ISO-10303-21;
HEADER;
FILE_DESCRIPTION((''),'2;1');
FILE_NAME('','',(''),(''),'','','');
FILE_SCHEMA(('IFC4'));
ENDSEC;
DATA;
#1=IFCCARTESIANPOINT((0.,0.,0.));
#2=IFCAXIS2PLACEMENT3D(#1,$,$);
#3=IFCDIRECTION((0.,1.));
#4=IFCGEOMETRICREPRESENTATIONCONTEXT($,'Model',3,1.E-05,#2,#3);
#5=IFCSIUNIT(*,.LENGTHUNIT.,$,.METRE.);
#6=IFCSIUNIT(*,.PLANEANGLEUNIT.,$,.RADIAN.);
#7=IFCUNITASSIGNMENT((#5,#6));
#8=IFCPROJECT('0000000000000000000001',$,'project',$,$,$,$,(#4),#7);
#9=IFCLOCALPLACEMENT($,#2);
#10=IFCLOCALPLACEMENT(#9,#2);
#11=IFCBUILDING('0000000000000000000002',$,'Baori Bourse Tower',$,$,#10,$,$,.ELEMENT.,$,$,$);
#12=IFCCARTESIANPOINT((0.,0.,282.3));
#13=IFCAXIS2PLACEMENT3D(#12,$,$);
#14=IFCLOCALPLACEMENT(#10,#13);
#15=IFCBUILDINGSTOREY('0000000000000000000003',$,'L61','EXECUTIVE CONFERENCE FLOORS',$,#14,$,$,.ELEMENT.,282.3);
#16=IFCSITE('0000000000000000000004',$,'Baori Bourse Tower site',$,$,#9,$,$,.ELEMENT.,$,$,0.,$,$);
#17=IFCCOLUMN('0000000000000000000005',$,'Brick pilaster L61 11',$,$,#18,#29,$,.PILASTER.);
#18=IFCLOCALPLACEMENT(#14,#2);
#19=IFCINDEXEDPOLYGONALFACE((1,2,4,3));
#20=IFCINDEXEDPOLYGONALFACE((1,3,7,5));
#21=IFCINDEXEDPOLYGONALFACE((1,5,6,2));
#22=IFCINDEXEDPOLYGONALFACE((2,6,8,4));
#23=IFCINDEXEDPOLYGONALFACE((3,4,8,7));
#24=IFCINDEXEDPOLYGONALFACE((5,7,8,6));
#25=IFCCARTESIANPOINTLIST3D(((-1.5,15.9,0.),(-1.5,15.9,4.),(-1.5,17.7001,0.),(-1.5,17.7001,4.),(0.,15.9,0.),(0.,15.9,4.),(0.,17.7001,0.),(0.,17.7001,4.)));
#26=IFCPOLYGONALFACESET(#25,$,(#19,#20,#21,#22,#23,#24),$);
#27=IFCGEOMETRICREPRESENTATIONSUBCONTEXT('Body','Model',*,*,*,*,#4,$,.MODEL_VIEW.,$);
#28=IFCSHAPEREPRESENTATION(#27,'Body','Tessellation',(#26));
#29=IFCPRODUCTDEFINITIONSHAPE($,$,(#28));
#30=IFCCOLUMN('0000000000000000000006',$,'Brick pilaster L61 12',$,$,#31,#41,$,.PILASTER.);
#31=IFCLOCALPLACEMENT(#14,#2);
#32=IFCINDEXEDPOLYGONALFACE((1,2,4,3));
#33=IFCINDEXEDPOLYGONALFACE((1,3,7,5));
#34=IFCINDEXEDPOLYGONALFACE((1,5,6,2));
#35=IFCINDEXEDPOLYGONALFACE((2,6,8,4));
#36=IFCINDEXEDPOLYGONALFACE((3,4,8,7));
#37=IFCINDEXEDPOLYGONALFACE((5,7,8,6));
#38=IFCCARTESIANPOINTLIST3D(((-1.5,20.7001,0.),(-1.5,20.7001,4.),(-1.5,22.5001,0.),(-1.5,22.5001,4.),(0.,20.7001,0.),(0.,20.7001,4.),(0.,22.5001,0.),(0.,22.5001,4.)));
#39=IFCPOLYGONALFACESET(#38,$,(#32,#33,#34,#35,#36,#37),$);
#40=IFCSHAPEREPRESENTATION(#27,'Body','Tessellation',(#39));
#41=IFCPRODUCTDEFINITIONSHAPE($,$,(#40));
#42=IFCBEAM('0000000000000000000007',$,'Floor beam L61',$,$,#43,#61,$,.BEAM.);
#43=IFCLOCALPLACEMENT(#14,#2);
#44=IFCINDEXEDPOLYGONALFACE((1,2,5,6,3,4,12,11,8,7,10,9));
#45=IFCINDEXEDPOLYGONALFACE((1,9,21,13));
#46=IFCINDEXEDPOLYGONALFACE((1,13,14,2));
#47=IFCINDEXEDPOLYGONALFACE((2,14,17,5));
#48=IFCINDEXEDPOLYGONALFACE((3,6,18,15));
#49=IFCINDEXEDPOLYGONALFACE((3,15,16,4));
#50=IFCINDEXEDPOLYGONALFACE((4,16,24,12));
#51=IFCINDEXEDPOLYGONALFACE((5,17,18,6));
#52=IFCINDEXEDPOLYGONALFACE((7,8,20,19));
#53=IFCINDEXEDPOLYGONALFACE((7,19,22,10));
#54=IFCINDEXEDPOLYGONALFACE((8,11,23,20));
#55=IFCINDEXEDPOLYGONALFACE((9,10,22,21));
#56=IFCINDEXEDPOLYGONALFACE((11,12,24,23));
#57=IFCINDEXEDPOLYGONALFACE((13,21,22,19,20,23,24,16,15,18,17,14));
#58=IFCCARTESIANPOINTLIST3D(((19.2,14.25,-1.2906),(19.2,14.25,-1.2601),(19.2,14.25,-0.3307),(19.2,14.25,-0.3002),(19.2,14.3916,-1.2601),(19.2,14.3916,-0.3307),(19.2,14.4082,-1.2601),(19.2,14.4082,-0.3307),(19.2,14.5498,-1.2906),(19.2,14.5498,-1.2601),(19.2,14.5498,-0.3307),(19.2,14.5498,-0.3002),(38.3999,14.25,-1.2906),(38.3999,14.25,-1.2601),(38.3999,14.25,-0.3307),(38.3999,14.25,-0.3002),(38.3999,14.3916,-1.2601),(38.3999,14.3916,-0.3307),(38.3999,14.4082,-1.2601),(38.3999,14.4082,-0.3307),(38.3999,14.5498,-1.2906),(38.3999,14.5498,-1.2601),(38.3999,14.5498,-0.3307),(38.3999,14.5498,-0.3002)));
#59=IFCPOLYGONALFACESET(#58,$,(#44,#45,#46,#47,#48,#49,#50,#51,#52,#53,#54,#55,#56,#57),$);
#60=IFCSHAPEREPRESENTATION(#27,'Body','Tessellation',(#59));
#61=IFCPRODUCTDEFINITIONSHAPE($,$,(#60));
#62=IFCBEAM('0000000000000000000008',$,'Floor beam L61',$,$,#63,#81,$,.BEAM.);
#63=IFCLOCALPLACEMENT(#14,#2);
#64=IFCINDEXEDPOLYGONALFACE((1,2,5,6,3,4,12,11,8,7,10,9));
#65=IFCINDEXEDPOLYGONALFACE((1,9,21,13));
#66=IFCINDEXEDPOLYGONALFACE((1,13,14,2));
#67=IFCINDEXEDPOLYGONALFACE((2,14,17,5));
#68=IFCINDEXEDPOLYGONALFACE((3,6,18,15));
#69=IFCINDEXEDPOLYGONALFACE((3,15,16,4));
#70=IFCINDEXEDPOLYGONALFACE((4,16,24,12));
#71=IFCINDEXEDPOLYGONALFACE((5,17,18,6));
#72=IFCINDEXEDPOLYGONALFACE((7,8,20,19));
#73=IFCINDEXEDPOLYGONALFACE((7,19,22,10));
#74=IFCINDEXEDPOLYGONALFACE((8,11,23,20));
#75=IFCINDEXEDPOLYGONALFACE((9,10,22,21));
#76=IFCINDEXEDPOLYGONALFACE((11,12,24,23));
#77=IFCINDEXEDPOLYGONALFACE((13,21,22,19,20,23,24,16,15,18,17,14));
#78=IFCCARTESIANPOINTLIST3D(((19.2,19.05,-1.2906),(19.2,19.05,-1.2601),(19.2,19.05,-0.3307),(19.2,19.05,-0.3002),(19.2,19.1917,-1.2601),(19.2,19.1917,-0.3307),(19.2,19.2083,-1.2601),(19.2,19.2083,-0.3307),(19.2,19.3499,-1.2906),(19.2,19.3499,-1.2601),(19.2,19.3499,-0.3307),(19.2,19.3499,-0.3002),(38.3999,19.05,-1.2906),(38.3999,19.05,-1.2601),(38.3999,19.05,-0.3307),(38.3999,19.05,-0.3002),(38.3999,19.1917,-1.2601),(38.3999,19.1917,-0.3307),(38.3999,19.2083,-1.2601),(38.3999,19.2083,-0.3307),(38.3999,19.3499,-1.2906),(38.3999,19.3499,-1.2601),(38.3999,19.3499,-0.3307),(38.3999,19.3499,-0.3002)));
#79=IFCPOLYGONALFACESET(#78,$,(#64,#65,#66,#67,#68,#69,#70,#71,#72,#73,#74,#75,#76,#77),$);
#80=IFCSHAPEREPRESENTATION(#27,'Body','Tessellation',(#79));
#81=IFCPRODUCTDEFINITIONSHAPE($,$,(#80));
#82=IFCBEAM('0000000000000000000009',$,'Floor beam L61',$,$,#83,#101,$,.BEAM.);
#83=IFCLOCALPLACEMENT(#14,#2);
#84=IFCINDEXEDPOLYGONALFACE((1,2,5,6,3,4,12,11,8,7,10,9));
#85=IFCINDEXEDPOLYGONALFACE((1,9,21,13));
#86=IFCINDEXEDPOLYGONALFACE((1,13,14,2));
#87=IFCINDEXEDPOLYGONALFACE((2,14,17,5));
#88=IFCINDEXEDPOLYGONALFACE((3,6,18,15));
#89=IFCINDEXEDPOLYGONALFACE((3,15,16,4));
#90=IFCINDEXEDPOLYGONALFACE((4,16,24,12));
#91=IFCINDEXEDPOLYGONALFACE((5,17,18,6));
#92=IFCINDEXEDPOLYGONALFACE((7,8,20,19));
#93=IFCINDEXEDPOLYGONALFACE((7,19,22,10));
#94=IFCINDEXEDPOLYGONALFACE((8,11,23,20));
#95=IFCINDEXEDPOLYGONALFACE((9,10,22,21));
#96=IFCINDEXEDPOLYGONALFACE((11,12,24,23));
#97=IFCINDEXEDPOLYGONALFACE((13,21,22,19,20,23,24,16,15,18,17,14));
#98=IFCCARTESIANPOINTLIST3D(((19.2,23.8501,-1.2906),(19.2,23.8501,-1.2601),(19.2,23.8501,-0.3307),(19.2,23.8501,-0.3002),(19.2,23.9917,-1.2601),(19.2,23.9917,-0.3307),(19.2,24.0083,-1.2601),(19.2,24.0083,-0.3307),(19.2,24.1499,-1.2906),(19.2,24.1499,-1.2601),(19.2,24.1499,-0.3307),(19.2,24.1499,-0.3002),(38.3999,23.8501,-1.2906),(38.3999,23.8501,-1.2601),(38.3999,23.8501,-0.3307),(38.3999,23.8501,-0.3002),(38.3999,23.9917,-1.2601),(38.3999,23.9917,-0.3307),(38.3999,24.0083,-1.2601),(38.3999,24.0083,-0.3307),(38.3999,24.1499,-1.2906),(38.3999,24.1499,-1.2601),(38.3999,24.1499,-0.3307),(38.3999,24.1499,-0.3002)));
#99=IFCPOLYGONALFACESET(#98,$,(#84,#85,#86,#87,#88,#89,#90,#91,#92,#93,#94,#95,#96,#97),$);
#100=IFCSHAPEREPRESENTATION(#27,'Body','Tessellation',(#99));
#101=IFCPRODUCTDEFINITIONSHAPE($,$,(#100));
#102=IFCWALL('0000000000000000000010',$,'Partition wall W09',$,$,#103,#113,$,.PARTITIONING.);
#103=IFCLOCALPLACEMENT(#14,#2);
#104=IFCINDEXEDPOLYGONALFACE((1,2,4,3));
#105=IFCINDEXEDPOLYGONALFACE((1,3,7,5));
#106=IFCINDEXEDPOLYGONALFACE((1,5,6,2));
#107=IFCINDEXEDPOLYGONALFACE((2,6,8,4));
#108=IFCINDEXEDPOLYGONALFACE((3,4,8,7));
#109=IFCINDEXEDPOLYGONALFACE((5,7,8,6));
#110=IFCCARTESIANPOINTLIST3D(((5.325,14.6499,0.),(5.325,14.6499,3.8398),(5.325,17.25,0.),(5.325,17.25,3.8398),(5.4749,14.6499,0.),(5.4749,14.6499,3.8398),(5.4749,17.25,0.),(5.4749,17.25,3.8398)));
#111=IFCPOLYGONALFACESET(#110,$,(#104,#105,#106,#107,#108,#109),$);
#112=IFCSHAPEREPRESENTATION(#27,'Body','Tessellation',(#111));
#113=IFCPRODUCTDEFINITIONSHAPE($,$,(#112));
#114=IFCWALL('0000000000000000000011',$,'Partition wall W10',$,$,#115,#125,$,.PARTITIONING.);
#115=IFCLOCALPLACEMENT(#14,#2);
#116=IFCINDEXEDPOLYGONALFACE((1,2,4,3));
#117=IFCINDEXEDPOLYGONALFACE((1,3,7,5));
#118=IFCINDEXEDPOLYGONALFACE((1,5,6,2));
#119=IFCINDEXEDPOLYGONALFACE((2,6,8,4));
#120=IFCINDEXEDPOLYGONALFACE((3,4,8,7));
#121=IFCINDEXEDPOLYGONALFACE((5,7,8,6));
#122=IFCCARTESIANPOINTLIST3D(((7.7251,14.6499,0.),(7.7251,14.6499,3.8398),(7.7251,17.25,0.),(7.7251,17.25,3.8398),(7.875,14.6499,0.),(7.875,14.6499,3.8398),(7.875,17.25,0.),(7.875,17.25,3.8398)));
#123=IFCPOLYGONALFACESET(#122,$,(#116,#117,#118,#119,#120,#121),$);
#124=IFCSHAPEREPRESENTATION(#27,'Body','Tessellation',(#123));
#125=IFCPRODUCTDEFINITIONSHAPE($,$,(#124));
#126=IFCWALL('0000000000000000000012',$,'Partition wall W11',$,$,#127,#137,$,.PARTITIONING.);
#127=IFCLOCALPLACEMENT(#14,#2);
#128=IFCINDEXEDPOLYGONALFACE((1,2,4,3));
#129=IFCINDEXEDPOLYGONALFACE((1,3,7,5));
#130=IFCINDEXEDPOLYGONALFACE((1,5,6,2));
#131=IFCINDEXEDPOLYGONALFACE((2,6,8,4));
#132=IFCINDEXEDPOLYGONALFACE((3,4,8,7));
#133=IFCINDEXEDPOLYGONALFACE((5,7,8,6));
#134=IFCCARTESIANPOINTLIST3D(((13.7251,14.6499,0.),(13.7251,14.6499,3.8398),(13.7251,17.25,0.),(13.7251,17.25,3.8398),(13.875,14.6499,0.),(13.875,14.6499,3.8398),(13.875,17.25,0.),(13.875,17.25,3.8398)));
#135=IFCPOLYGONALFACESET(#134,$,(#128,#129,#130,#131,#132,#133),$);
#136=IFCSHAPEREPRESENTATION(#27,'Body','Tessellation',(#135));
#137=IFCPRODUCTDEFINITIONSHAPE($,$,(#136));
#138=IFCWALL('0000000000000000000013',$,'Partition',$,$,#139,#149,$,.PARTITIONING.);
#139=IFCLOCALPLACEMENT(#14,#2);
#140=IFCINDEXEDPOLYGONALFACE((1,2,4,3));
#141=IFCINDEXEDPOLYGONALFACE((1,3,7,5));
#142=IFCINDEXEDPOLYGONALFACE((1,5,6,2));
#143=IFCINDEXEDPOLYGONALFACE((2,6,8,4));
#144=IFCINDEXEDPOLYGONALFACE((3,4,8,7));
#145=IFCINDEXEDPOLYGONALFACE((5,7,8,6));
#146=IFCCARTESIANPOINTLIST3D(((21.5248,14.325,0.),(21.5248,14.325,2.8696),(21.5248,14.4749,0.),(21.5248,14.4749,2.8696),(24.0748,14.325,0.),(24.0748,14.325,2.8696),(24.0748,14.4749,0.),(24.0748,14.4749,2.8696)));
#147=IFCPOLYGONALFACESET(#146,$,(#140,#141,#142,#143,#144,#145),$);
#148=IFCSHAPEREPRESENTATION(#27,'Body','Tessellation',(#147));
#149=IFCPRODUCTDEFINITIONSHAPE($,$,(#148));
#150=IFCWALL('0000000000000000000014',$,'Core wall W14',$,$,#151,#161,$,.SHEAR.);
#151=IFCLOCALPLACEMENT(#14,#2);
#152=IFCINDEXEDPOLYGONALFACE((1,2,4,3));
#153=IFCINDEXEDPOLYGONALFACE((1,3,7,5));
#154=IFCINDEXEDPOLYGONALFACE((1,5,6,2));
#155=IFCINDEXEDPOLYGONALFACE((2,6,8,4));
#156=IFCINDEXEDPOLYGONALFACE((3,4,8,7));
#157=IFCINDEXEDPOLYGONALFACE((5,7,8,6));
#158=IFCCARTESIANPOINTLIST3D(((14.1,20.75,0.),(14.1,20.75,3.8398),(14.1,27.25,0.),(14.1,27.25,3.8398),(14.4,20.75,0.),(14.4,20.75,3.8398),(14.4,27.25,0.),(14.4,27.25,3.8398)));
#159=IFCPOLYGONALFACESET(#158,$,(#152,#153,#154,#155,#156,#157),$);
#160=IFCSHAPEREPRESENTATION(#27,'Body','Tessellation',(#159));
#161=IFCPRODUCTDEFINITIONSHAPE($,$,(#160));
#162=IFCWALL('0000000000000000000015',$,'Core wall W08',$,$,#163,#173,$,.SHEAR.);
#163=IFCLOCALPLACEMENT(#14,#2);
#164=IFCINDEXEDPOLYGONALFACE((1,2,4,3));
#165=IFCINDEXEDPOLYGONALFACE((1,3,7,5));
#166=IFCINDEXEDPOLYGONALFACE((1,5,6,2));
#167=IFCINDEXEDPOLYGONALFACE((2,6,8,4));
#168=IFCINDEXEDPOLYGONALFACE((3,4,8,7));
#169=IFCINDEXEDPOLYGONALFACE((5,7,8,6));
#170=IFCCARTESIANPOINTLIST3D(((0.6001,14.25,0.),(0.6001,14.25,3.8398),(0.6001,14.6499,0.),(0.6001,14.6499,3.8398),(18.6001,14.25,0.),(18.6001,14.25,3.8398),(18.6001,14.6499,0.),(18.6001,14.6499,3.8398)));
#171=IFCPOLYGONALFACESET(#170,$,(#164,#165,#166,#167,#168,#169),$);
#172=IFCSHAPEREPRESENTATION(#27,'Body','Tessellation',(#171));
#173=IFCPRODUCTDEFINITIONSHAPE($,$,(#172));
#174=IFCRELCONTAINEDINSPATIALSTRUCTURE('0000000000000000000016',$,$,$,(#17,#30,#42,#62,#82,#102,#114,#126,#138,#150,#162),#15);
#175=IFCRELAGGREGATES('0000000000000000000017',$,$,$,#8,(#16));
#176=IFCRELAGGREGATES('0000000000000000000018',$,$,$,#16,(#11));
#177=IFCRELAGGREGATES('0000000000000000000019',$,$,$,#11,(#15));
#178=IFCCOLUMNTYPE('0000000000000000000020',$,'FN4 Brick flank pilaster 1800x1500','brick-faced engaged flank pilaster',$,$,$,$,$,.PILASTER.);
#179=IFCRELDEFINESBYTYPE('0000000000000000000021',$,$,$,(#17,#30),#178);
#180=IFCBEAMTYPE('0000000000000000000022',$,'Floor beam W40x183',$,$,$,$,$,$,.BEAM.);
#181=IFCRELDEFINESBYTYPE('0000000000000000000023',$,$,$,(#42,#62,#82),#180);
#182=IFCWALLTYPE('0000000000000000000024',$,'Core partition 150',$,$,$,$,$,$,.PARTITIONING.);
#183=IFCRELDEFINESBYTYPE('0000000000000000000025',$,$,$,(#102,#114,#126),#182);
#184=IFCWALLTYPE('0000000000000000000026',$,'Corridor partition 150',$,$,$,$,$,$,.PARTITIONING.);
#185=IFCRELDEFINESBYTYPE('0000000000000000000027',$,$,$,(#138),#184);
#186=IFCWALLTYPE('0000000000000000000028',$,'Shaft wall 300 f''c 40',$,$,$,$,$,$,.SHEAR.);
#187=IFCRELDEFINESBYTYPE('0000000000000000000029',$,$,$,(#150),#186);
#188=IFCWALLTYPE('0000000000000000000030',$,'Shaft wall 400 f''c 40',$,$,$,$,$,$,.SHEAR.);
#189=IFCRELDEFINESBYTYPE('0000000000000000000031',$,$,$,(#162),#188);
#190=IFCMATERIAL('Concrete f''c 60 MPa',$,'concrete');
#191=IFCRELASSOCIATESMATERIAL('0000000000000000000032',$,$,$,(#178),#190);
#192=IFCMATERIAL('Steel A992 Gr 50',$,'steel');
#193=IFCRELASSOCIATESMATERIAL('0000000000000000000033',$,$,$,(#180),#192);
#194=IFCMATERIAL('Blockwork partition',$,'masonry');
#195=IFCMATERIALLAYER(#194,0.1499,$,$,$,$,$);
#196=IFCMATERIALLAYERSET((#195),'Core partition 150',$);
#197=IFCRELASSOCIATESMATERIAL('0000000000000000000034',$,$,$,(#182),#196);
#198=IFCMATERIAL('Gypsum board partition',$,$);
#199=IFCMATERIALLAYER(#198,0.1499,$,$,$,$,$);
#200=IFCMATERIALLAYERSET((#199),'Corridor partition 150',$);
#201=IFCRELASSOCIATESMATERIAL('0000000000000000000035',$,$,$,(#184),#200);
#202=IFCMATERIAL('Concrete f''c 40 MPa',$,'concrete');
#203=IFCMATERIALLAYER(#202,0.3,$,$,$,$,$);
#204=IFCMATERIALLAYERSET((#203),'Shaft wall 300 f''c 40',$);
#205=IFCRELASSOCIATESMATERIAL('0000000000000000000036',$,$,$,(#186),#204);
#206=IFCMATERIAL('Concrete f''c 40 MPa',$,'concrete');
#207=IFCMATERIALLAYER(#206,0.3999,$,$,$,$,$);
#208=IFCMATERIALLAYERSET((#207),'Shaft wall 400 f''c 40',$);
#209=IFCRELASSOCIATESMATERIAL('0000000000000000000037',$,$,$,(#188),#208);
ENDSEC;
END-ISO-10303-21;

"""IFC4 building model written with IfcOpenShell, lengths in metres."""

from ifc_helpers import new_model, si_unit, direction, frame, frame_2d, origin, origin_2d, place, context, subcontext, project, spatial, rectangle, i_section, extrude, material, layer, layer_set, material_profile, profile_set, type_object, element, save


model = new_model("IFC4")

# Units and contexts
model_context = context("Model", 3, precision=1e-05, world=origin(), true_north=direction((0.0, 1.0)))
body_context = subcontext(model_context, "Body", "Model", "MODEL_VIEW")
ifc_project = project(units=[si_unit("LENGTHUNIT", "METRE"), si_unit("PLANEANGLEUNIT", "RADIAN")], contexts=[model_context])

# Site, building, storey
site_placement = place(None, origin())
site = spatial("IfcSite", under=ifc_project, at=site_placement, Name="Baori Bourse Tower site", CompositionType="ELEMENT", RefElevation=0.0)
building_placement = place(site_placement, origin())
building = spatial("IfcBuilding", under=site, at=building_placement, Name="Baori Bourse Tower", CompositionType="ELEMENT")
storey_placement = place(building_placement, frame((0.0, 0.0, 282.3)))
storey = spatial("IfcBuildingStorey", under=building, at=storey_placement, Name="L61", Description="EXECUTIVE CONFERENCE FLOORS", CompositionType="ELEMENT", Elevation=282.3)

# Columns
ifc_material_1 = material(Name="Concrete f'c 60 MPa", Category="concrete")
ifc_material_profile_1 = material_profile(ifc_material_1, rectangle(XDim=1.8, YDim=1.5, at=origin_2d()), Name="RC 1800x1500")
ifc_profile_set_1 = profile_set([ifc_material_profile_1], Name="Concrete f'c 60 MPa")
column_type = type_object("IfcColumnType", Name="FN4 Brick flank pilaster 1800x1500", Description="brick-faced engaged flank pilaster", PredefinedType="PILASTER", material=ifc_profile_set_1)
for number, where, z_axis, x_axis, name in (
    (1, (-0.75, 16.8, 0.0), (0.0, 0.0, 1.0), (0.0, 1.0, 0.0), "Brick pilaster L61 11"),
    (2, (-0.75, 21.6001, 0.0), (0.0, 0.0, 1.0), (0.0, 1.0, 0.0), "Brick pilaster L61 12"),
):
    element("IfcColumn", number, at=place(storey_placement, frame(where, z_axis=z_axis, x_axis=x_axis)), inside=storey, type_object=column_type, Name=name, PredefinedType="PILASTER", context=body_context, shape_type="SweptSolid", body=[
        extrude(rectangle(XDim=1.8, YDim=1.5, at=origin_2d()), origin(), (0.0, 0.0, 1.0), 4.0),
    ])

# Beams
ifc_material_2 = material(Name="Steel A992 Gr 50", Category="steel")
ifc_material_profile_2 = material_profile(ifc_material_2, i_section(OverallWidth=0.2998, OverallDepth=0.9905, WebThickness=0.0166, FlangeThickness=0.0305, at=origin_2d()), Name="W40x183")
ifc_profile_set_2 = profile_set([ifc_material_profile_2], Name="Steel A992 Gr 50")
beam_type = type_object("IfcBeamType", Name="Floor beam W40x183", PredefinedType="BEAM", material=ifc_profile_set_2)
for number, where, z_axis, x_axis, name in (
    (3, (19.2, 14.3999, -0.7954), (1.0, 0.0, 0.0), (0.0, 1.0, 0.0), "Floor beam L61"),
    (4, (19.2, 19.2, -0.7954), (1.0, 0.0, 0.0), (0.0, 1.0, 0.0), "Floor beam L61"),
    (5, (19.2, 24.0, -0.7954), (1.0, 0.0, 0.0), (0.0, 1.0, 0.0), "Floor beam L61"),
):
    element("IfcBeam", number, at=place(storey_placement, frame(where, z_axis=z_axis, x_axis=x_axis)), inside=storey, type_object=beam_type, Name=name, PredefinedType="BEAM", context=body_context, shape_type="SweptSolid", body=[
        extrude(i_section(OverallWidth=0.2998, OverallDepth=0.9905, WebThickness=0.0166, FlangeThickness=0.0305, at=origin_2d()), origin(), (0.0, 0.0, 1.0), 19.2),
    ])

# Walls
ifc_material_3 = material(Name="Blockwork partition", Category="masonry")
ifc_layer_1 = layer(ifc_material_3, 0.1499)
ifc_layer_set_1 = layer_set([ifc_layer_1], Name="Core partition 150")
wall_type_1 = type_object("IfcWallType", Name="Core partition 150", PredefinedType="PARTITIONING", material=ifc_layer_set_1)
for number, where, z_axis, x_axis, name in (
    (6, (5.3999, 14.6499, 0.0), (0.0, 0.0, 1.0), (0.0, 1.0, 0.0), "Partition wall W09"),
    (7, (7.8, 14.6499, 0.0), (0.0, 0.0, 1.0), (0.0, 1.0, 0.0), "Partition wall W10"),
    (8, (13.8, 14.6499, 0.0), (0.0, 0.0, 1.0), (0.0, 1.0, 0.0), "Partition wall W11"),
):
    element("IfcWall", number, at=place(storey_placement, frame(where, z_axis=z_axis, x_axis=x_axis)), inside=storey, type_object=wall_type_1, Name=name, PredefinedType="PARTITIONING", context=body_context, shape_type="SweptSolid", body=[
        extrude(rectangle(XDim=2.6001, YDim=0.1499, at=frame_2d((1.3, 0.0))), origin(), (0.0, 0.0, 1.0), 3.8398),
    ])
ifc_material_4 = material(Name="Gypsum board partition")
ifc_layer_2 = layer(ifc_material_4, 0.1499)
ifc_layer_set_2 = layer_set([ifc_layer_2], Name="Corridor partition 150")
wall_type_2 = type_object("IfcWallType", Name="Corridor partition 150", PredefinedType="PARTITIONING", material=ifc_layer_set_2)
wall_1_placement = place(storey_placement, frame((21.5249, 14.3999, 0.0), z_axis=(0.0, 0.0, 1.0), x_axis=(1.0, 0.0, 0.0)))
element("IfcWall", 9, at=wall_1_placement, inside=storey, type_object=wall_type_2, Name="Partition", PredefinedType="PARTITIONING", context=body_context, shape_type="SweptSolid", body=[
    extrude(rectangle(XDim=2.55, YDim=0.1499, at=frame_2d((1.2749, 0.0))), origin(), (0.0, 0.0, 1.0), 2.8696),
])
ifc_material_5 = material(Name="Concrete f'c 40 MPa", Category="concrete")
ifc_layer_3 = layer(ifc_material_5, 0.3)
ifc_layer_set_3 = layer_set([ifc_layer_3], Name="Shaft wall 300 f'c 40")
wall_type_3 = type_object("IfcWallType", Name="Shaft wall 300 f'c 40", PredefinedType="SHEAR", material=ifc_layer_set_3)
wall_2_placement = place(storey_placement, frame((14.25, 20.75, 0.0), z_axis=(0.0, 0.0, 1.0), x_axis=(0.0, 1.0, 0.0)))
element("IfcWall", 10, at=wall_2_placement, inside=storey, type_object=wall_type_3, Name="Core wall W14", PredefinedType="SHEAR", context=body_context, shape_type="SweptSolid", body=[
    extrude(rectangle(XDim=6.5, YDim=0.3, at=frame_2d((3.25, 0.0))), origin(), (0.0, 0.0, 1.0), 3.8398),
])
ifc_material_6 = material(Name="Concrete f'c 40 MPa", Category="concrete")
ifc_layer_4 = layer(ifc_material_6, 0.3999)
ifc_layer_set_4 = layer_set([ifc_layer_4], Name="Shaft wall 400 f'c 40")
wall_type_4 = type_object("IfcWallType", Name="Shaft wall 400 f'c 40", PredefinedType="SHEAR", material=ifc_layer_set_4)
wall_3_placement = place(storey_placement, frame((0.6001, 14.45, 0.0), z_axis=(0.0, 0.0, 1.0), x_axis=(1.0, 0.0, 0.0)))
element("IfcWall", 11, at=wall_3_placement, inside=storey, type_object=wall_type_4, Name="Core wall W08", PredefinedType="SHEAR", context=body_context, shape_type="SweptSolid", body=[
    extrude(rectangle(XDim=18.0, YDim=0.3999, at=frame_2d((9.0, 0.0))), origin(), (0.0, 0.0, 1.0), 3.8398),
])

save(model, "model.ifc")
